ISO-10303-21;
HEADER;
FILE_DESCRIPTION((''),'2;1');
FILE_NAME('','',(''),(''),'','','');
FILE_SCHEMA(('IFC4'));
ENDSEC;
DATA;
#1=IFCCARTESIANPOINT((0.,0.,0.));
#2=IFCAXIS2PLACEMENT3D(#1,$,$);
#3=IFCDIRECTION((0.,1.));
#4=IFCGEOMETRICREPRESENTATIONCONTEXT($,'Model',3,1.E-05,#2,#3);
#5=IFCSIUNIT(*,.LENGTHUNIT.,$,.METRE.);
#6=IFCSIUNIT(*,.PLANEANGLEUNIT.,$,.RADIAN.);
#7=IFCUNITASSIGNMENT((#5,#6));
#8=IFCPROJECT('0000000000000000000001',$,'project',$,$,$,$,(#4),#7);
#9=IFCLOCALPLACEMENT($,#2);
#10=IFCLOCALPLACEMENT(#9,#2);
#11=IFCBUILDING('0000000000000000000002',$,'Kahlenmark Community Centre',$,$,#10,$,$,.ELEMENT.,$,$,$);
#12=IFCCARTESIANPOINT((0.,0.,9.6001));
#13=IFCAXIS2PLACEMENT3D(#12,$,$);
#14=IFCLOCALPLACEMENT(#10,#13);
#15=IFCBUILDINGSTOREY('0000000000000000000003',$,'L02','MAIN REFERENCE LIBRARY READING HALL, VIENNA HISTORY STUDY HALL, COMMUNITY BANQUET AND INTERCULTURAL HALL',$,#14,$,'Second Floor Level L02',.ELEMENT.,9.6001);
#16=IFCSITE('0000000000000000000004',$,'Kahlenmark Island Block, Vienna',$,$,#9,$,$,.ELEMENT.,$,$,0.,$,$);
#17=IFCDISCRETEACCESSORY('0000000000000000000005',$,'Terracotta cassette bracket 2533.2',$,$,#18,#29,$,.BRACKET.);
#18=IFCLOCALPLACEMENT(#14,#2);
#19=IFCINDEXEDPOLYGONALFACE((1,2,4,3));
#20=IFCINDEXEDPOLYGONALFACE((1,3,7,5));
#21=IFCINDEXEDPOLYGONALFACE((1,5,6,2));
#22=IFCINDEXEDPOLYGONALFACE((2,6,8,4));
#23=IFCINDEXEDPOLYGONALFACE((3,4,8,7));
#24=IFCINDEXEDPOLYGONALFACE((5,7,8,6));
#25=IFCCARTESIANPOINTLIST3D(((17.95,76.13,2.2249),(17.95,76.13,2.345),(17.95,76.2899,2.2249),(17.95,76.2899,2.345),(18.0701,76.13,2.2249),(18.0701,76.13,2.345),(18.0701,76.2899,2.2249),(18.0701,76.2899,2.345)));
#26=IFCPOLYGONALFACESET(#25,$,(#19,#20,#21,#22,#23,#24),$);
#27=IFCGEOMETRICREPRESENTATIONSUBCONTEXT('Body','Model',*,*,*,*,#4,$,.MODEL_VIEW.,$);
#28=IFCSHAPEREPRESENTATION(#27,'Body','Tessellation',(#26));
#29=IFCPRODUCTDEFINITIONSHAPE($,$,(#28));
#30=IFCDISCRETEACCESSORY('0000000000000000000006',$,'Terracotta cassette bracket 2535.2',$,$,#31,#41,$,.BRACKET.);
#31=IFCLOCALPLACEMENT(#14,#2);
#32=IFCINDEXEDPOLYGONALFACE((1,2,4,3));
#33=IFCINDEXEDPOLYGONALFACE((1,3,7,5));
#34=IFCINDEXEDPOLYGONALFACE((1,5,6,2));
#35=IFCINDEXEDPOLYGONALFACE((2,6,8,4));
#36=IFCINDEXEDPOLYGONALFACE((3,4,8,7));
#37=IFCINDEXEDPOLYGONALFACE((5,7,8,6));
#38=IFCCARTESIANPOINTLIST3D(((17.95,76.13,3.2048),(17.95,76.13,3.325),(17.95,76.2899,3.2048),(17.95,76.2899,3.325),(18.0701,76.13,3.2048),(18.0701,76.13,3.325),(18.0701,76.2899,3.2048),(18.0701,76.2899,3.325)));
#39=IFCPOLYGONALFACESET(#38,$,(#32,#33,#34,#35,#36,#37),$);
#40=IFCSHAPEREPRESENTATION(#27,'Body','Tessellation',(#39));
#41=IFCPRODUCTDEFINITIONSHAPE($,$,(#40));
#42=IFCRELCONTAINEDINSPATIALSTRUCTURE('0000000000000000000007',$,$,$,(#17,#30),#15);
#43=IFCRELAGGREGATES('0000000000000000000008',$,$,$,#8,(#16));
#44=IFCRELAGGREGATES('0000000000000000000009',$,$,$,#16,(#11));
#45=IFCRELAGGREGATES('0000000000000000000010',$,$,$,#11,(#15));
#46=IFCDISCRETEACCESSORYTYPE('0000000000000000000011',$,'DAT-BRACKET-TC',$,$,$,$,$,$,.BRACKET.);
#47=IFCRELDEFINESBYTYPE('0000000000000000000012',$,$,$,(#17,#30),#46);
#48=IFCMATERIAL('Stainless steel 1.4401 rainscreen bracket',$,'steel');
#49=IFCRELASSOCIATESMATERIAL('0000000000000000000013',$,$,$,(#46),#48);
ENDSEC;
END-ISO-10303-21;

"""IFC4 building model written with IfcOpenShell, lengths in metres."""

from ifc_helpers import new_model, si_unit, direction, frame, origin, origin_2d, place, context, subcontext, project, spatial, rectangle, extrude, material, type_object, element, save


model = new_model("IFC4")

# Units and contexts
model_context = context("Model", 3, precision=1e-05, world=origin(), true_north=direction((0.0, 1.0)))
body_context = subcontext(model_context, "Body", "Model", "MODEL_VIEW")
ifc_project = project(units=[si_unit("LENGTHUNIT", "METRE"), si_unit("PLANEANGLEUNIT", "RADIAN")], contexts=[model_context])

# Site, building, storey
site_placement = place(None, origin())
site = spatial("IfcSite", under=ifc_project, at=site_placement, Name="Kahlenmark Island Block, Vienna", CompositionType="ELEMENT", RefElevation=0.0)
building_placement = place(site_placement, origin())
building = spatial("IfcBuilding", under=site, at=building_placement, Name="Kahlenmark Community Centre", CompositionType="ELEMENT")
storey_placement = place(building_placement, frame((0.0, 0.0, 9.6001)))
storey = spatial("IfcBuildingStorey", under=building, at=storey_placement, Name="L02", Description="MAIN REFERENCE LIBRARY READING HALL, VIENNA HISTORY STUDY HALL, COMMUNITY BANQUET AND INTERCULTURAL HALL", LongName="Second Floor Level L02", CompositionType="ELEMENT", Elevation=9.6001)

# Discrete accessories
ifc_material_1 = material(Name="Stainless steel 1.4401 rainscreen bracket", Category="steel")
discrete_accessory_type = type_object("IfcDiscreteAccessoryType", Name="DAT-BRACKET-TC", PredefinedType="BRACKET", material=ifc_material_1)
for number, where, z_axis, x_axis, name in (
    (1, (18.01, 76.21, 2.2249), (0.0, 0.0, 1.0), (-1.0, 0.0, 0.0), "Terracotta cassette bracket 2533.2"),
    (2, (18.01, 76.21, 3.2048), (0.0, 0.0, 1.0), (-1.0, 0.0, 0.0), "Terracotta cassette bracket 2535.2"),
):
    element("IfcDiscreteAccessory", number, at=place(storey_placement, frame(where, z_axis=z_axis, x_axis=x_axis)), inside=storey, type_object=discrete_accessory_type, Name=name, PredefinedType="BRACKET", context=body_context, shape_type="SweptSolid", body=[
        extrude(rectangle(XDim=0.1201, YDim=0.1599, at=origin_2d()), origin(), (0.0, 0.0, 1.0), 0.1201),
    ])

save(model, "model.ifc")
